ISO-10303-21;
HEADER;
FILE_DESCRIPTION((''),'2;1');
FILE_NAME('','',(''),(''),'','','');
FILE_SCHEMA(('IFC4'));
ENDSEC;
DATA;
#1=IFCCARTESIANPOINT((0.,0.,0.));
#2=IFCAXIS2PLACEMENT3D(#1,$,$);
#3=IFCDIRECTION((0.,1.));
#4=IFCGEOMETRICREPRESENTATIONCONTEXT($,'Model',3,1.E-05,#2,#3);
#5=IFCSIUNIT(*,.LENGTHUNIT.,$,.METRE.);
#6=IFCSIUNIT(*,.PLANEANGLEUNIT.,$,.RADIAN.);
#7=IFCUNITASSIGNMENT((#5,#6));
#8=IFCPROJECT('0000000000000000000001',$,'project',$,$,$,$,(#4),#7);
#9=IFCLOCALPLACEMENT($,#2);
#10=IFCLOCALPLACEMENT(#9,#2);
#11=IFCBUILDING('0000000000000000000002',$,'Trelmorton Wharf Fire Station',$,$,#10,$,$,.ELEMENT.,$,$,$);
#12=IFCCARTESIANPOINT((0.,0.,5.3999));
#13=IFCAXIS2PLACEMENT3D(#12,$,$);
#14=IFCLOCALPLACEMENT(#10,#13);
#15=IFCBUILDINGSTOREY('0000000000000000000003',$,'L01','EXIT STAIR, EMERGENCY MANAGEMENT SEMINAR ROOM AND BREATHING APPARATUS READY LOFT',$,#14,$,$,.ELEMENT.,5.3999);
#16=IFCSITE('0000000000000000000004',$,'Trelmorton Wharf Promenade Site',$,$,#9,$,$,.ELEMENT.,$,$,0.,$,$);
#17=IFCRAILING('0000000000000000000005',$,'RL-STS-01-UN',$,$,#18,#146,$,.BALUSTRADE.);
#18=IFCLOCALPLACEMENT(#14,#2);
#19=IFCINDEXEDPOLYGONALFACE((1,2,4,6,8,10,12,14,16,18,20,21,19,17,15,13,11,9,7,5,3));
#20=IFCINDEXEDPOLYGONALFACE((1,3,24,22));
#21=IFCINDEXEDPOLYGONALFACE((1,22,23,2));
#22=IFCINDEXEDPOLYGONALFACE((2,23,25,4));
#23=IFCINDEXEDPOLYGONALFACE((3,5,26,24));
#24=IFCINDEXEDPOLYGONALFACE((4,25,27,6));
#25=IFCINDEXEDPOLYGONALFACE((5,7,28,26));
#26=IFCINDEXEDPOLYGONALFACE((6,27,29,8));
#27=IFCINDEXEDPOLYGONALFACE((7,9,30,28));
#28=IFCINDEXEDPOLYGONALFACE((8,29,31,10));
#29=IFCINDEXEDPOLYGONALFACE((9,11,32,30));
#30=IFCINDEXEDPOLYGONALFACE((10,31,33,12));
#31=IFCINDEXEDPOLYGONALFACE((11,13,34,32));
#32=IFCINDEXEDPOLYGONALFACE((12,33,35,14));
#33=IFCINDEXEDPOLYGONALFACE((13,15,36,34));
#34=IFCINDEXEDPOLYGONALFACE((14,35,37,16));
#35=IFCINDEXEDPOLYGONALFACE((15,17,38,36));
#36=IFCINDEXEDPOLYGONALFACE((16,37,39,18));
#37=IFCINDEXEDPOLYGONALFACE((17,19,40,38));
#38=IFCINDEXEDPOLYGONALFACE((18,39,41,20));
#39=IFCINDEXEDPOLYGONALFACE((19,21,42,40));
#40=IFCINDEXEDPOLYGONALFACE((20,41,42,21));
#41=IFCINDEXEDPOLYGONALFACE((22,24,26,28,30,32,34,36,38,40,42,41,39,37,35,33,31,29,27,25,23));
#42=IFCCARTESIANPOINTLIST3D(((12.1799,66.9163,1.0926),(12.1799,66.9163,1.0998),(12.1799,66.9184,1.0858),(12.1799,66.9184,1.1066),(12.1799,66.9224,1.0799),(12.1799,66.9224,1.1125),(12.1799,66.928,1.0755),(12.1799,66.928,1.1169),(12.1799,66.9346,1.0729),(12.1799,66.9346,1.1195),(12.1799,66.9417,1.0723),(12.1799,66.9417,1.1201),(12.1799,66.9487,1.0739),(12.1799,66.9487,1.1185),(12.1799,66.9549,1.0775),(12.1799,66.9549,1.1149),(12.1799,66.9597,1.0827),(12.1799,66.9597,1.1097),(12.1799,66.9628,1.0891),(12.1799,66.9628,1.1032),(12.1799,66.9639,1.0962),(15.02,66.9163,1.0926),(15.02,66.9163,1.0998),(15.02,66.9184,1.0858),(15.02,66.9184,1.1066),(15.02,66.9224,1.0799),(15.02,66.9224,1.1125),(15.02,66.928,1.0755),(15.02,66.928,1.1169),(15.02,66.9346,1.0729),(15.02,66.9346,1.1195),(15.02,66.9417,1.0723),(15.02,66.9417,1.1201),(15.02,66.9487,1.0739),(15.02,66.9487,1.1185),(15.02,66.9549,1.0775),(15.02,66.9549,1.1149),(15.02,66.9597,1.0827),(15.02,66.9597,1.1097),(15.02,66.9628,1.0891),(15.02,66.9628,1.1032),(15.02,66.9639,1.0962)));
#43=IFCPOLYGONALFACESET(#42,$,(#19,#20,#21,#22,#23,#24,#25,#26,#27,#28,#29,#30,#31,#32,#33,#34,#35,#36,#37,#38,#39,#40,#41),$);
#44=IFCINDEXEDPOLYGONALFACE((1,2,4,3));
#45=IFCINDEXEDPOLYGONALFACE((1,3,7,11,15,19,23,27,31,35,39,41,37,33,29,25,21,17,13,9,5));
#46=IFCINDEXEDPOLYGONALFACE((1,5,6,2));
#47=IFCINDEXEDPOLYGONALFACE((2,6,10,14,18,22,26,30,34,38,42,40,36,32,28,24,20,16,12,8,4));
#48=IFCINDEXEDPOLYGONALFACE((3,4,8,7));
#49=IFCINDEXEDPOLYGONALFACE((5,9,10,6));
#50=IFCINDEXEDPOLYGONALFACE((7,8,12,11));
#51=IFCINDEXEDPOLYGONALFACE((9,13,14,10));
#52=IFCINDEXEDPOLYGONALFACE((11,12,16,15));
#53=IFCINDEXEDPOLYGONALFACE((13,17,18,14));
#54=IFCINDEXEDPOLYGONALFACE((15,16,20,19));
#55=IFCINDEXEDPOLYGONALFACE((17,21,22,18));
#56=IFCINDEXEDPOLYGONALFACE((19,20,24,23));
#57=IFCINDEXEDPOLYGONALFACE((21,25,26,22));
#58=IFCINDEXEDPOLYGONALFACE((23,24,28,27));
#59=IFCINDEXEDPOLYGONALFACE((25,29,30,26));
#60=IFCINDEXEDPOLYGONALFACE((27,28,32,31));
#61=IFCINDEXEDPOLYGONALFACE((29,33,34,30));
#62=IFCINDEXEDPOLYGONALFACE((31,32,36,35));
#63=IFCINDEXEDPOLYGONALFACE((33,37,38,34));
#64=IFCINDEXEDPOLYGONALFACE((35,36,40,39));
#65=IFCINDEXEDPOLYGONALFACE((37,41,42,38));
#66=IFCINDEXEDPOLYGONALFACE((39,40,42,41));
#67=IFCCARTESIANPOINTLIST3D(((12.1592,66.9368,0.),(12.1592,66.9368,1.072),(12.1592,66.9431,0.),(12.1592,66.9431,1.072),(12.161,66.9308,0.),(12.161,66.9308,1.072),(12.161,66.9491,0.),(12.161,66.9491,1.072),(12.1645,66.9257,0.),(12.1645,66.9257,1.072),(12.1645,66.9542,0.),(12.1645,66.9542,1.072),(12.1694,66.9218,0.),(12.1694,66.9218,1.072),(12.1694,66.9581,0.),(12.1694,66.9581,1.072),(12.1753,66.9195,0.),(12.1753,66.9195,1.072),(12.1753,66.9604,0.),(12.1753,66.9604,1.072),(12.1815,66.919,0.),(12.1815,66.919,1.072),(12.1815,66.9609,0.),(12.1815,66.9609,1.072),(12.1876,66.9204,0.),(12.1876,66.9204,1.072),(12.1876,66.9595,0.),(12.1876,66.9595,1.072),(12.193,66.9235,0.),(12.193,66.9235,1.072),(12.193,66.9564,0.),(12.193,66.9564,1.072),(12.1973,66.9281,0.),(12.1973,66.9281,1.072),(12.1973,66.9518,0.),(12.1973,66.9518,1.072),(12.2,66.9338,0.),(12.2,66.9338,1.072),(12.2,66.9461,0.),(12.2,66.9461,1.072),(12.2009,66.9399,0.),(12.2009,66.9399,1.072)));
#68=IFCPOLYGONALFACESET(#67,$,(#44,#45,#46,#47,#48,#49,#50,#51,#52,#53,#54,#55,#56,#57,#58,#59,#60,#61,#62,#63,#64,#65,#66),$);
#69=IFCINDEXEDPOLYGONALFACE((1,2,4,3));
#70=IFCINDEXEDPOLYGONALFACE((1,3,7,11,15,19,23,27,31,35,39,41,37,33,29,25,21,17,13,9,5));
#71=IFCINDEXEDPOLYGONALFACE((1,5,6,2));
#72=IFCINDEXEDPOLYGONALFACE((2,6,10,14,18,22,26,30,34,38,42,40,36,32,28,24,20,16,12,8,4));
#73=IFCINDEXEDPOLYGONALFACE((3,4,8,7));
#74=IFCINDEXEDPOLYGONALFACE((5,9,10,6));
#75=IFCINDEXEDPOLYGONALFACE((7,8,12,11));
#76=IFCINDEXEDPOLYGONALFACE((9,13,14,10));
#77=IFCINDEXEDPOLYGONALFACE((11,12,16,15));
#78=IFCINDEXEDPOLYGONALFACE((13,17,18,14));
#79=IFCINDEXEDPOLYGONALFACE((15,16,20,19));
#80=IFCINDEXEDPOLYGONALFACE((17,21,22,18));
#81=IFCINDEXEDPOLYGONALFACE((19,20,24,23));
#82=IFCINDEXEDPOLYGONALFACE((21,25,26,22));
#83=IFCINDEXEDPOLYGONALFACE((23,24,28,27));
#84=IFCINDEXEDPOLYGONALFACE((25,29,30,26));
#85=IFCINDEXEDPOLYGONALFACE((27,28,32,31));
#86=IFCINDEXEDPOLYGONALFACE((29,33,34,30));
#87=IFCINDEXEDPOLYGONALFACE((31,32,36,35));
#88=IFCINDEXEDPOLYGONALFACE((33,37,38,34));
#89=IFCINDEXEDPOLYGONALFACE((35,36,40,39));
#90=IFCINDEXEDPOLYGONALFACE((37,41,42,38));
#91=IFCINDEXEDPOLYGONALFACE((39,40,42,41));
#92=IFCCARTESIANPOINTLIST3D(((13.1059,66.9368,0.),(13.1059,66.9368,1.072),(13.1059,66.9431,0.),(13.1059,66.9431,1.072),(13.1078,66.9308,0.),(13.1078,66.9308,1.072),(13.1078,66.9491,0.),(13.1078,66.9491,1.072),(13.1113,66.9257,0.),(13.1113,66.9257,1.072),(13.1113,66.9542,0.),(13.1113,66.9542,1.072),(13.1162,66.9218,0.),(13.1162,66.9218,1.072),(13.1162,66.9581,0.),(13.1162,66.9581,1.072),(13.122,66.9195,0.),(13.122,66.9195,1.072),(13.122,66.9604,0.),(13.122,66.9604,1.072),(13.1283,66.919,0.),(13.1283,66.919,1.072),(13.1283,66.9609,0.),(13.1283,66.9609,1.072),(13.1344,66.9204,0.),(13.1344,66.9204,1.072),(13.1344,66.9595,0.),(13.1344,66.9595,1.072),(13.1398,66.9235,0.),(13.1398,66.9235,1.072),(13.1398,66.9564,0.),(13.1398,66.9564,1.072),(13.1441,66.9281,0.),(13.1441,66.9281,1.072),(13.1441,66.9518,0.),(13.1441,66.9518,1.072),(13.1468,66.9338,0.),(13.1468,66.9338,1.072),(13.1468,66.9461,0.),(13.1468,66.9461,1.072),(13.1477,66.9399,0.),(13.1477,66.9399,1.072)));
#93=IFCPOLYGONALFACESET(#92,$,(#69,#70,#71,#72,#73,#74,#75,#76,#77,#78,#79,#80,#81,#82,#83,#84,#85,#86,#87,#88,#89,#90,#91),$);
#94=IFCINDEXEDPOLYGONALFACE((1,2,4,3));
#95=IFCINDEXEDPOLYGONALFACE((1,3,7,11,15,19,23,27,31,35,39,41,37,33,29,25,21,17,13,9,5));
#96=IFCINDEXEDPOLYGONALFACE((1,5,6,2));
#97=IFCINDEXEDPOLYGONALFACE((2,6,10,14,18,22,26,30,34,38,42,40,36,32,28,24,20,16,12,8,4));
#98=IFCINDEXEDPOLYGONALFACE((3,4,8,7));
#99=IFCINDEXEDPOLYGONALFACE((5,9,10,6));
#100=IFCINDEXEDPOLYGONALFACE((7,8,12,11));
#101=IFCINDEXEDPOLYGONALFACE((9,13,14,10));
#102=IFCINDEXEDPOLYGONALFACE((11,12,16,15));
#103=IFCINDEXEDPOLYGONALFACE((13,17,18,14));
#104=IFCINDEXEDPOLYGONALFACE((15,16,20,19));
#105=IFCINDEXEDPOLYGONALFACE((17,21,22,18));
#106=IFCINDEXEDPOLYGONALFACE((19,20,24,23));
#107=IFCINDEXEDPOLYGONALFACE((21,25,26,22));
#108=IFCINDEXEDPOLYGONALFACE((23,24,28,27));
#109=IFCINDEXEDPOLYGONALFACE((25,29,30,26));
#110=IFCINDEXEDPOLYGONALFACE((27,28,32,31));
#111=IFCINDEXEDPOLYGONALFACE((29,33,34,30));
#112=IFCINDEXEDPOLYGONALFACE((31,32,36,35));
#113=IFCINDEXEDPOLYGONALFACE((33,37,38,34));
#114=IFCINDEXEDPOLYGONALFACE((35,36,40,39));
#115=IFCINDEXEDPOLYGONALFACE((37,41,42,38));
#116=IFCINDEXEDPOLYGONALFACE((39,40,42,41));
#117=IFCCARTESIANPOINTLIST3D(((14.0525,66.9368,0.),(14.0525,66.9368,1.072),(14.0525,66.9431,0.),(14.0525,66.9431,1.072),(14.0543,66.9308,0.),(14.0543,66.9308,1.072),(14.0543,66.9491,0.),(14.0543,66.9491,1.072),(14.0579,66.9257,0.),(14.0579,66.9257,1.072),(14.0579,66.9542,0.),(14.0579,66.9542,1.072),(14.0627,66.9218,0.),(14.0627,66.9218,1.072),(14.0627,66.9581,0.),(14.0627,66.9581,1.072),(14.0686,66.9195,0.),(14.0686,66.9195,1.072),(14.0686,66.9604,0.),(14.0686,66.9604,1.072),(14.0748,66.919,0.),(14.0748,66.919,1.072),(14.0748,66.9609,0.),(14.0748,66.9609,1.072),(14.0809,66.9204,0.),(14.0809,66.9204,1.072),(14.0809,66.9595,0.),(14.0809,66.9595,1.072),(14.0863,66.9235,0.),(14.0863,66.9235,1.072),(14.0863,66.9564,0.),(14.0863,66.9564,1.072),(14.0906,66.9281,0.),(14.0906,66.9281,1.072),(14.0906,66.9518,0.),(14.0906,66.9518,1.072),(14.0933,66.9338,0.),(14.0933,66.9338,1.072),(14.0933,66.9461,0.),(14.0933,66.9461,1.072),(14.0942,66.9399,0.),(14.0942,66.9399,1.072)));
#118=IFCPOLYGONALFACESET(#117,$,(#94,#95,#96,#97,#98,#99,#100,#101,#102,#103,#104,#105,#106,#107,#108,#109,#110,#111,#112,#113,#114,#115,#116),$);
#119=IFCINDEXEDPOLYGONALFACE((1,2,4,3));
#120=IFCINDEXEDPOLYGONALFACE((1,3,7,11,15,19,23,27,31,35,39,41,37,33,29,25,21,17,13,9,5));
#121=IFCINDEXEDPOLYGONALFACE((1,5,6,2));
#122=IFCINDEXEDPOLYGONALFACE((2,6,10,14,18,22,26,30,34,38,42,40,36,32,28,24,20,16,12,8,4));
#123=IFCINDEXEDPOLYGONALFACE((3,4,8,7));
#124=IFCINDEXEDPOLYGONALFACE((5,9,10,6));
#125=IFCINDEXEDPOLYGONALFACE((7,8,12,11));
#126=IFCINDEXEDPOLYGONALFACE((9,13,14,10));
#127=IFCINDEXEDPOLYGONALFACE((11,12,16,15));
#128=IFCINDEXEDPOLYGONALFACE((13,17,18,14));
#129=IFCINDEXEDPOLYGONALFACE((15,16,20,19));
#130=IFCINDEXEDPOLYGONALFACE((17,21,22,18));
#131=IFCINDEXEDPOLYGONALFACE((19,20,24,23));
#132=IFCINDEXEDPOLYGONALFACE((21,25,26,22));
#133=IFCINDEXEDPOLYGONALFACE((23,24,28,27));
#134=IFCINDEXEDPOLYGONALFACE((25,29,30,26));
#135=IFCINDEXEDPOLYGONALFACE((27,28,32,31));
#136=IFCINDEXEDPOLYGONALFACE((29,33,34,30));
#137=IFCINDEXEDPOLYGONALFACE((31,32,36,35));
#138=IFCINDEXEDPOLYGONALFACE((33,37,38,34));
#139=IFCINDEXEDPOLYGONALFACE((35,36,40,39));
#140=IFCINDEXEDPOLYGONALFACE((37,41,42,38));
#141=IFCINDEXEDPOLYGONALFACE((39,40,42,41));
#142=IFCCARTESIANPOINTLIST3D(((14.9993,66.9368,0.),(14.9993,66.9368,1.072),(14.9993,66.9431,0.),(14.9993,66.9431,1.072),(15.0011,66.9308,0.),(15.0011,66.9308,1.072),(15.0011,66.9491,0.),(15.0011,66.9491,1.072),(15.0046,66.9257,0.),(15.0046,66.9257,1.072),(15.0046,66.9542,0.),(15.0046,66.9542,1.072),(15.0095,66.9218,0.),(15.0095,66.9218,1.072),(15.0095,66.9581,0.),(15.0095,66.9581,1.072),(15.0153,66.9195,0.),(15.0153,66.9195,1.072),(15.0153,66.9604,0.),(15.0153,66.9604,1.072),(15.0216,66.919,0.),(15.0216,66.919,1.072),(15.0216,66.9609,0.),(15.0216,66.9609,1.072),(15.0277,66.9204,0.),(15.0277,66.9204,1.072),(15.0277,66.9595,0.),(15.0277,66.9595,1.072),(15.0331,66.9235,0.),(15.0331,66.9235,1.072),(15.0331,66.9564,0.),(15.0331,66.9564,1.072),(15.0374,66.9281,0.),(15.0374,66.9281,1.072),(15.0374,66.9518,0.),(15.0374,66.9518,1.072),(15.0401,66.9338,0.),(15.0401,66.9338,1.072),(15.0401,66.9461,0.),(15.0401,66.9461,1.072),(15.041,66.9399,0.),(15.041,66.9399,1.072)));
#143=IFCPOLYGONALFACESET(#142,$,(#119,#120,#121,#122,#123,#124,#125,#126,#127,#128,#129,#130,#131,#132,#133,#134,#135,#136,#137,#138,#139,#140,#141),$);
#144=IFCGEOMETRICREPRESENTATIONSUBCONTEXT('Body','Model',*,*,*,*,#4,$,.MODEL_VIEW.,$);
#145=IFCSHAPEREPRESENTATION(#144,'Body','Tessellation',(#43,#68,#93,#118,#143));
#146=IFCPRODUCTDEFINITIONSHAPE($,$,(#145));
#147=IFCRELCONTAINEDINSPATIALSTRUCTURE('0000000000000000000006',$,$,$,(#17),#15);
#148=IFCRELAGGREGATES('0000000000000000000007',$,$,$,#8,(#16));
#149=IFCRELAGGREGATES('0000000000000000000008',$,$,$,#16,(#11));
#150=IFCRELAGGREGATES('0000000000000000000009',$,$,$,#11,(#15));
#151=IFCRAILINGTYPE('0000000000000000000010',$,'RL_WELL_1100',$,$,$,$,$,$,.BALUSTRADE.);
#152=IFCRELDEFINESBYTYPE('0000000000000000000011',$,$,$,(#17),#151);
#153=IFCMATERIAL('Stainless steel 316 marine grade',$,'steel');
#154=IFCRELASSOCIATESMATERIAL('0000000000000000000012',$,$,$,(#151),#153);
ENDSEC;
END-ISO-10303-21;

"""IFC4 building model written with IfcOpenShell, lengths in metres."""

from ifc_helpers import new_model, si_unit, direction, frame, origin, origin_2d, place, context, subcontext, project, spatial, circle, extrude, material, type_object, element, save


model = new_model("IFC4")

# Units and contexts
model_context = context("Model", 3, precision=1e-05, world=origin(), true_north=direction((0.0, 1.0)))
body_context = subcontext(model_context, "Body", "Model", "MODEL_VIEW")
ifc_project = project(units=[si_unit("LENGTHUNIT", "METRE"), si_unit("PLANEANGLEUNIT", "RADIAN")], contexts=[model_context])

# Site, building, storey
site_placement = place(None, origin())
site = spatial("IfcSite", under=ifc_project, at=site_placement, Name="Trelmorton Wharf Promenade Site", CompositionType="ELEMENT", RefElevation=0.0)
building_placement = place(site_placement, origin())
building = spatial("IfcBuilding", under=site, at=building_placement, Name="Trelmorton Wharf Fire Station", CompositionType="ELEMENT")
storey_placement = place(building_placement, frame((0.0, 0.0, 5.3999)))
storey = spatial("IfcBuildingStorey", under=building, at=storey_placement, Name="L01", Description="EXIT STAIR, EMERGENCY MANAGEMENT SEMINAR ROOM AND BREATHING APPARATUS READY LOFT", CompositionType="ELEMENT", Elevation=5.3999)

# Railing
ifc_material_1 = material(Name="Stainless steel 316 marine grade", Category="steel")
railing_type = type_object("IfcRailingType", Name="RL_WELL_1100", PredefinedType="BALUSTRADE", material=ifc_material_1)
railing_1_placement = place(storey_placement, frame((12.1799, 66.9399, 0.0)))
element("IfcRailing", 1, at=railing_1_placement, inside=storey, type_object=railing_type, Name="RL-STS-01-UN", PredefinedType="BALUSTRADE", context=body_context, shape_type="SweptSolid", body=[
    extrude(circle(Radius=0.0239, at=origin_2d()), frame((0.0, 0.0, 1.0962), z_axis=(1.0, 0.0, 0.0), x_axis=(0.0, 1.0, 0.0)), (0.0, 0.0, 1.0), 2.8401),
    extrude(circle(Radius=0.021, at=origin_2d()), origin(), (0.0, 0.0, 1.0), 1.072),
    extrude(circle(Radius=0.021, at=origin_2d()), frame((0.9468, 0.0, 0.0)), (0.0, 0.0, 1.0), 1.072),
    extrude(circle(Radius=0.021, at=origin_2d()), frame((1.8933, 0.0, 0.0)), (0.0, 0.0, 1.0), 1.072),
    extrude(circle(Radius=0.021, at=origin_2d()), frame((2.8401, 0.0, 0.0)), (0.0, 0.0, 1.0), 1.072),
])

save(model, "model.ifc")
